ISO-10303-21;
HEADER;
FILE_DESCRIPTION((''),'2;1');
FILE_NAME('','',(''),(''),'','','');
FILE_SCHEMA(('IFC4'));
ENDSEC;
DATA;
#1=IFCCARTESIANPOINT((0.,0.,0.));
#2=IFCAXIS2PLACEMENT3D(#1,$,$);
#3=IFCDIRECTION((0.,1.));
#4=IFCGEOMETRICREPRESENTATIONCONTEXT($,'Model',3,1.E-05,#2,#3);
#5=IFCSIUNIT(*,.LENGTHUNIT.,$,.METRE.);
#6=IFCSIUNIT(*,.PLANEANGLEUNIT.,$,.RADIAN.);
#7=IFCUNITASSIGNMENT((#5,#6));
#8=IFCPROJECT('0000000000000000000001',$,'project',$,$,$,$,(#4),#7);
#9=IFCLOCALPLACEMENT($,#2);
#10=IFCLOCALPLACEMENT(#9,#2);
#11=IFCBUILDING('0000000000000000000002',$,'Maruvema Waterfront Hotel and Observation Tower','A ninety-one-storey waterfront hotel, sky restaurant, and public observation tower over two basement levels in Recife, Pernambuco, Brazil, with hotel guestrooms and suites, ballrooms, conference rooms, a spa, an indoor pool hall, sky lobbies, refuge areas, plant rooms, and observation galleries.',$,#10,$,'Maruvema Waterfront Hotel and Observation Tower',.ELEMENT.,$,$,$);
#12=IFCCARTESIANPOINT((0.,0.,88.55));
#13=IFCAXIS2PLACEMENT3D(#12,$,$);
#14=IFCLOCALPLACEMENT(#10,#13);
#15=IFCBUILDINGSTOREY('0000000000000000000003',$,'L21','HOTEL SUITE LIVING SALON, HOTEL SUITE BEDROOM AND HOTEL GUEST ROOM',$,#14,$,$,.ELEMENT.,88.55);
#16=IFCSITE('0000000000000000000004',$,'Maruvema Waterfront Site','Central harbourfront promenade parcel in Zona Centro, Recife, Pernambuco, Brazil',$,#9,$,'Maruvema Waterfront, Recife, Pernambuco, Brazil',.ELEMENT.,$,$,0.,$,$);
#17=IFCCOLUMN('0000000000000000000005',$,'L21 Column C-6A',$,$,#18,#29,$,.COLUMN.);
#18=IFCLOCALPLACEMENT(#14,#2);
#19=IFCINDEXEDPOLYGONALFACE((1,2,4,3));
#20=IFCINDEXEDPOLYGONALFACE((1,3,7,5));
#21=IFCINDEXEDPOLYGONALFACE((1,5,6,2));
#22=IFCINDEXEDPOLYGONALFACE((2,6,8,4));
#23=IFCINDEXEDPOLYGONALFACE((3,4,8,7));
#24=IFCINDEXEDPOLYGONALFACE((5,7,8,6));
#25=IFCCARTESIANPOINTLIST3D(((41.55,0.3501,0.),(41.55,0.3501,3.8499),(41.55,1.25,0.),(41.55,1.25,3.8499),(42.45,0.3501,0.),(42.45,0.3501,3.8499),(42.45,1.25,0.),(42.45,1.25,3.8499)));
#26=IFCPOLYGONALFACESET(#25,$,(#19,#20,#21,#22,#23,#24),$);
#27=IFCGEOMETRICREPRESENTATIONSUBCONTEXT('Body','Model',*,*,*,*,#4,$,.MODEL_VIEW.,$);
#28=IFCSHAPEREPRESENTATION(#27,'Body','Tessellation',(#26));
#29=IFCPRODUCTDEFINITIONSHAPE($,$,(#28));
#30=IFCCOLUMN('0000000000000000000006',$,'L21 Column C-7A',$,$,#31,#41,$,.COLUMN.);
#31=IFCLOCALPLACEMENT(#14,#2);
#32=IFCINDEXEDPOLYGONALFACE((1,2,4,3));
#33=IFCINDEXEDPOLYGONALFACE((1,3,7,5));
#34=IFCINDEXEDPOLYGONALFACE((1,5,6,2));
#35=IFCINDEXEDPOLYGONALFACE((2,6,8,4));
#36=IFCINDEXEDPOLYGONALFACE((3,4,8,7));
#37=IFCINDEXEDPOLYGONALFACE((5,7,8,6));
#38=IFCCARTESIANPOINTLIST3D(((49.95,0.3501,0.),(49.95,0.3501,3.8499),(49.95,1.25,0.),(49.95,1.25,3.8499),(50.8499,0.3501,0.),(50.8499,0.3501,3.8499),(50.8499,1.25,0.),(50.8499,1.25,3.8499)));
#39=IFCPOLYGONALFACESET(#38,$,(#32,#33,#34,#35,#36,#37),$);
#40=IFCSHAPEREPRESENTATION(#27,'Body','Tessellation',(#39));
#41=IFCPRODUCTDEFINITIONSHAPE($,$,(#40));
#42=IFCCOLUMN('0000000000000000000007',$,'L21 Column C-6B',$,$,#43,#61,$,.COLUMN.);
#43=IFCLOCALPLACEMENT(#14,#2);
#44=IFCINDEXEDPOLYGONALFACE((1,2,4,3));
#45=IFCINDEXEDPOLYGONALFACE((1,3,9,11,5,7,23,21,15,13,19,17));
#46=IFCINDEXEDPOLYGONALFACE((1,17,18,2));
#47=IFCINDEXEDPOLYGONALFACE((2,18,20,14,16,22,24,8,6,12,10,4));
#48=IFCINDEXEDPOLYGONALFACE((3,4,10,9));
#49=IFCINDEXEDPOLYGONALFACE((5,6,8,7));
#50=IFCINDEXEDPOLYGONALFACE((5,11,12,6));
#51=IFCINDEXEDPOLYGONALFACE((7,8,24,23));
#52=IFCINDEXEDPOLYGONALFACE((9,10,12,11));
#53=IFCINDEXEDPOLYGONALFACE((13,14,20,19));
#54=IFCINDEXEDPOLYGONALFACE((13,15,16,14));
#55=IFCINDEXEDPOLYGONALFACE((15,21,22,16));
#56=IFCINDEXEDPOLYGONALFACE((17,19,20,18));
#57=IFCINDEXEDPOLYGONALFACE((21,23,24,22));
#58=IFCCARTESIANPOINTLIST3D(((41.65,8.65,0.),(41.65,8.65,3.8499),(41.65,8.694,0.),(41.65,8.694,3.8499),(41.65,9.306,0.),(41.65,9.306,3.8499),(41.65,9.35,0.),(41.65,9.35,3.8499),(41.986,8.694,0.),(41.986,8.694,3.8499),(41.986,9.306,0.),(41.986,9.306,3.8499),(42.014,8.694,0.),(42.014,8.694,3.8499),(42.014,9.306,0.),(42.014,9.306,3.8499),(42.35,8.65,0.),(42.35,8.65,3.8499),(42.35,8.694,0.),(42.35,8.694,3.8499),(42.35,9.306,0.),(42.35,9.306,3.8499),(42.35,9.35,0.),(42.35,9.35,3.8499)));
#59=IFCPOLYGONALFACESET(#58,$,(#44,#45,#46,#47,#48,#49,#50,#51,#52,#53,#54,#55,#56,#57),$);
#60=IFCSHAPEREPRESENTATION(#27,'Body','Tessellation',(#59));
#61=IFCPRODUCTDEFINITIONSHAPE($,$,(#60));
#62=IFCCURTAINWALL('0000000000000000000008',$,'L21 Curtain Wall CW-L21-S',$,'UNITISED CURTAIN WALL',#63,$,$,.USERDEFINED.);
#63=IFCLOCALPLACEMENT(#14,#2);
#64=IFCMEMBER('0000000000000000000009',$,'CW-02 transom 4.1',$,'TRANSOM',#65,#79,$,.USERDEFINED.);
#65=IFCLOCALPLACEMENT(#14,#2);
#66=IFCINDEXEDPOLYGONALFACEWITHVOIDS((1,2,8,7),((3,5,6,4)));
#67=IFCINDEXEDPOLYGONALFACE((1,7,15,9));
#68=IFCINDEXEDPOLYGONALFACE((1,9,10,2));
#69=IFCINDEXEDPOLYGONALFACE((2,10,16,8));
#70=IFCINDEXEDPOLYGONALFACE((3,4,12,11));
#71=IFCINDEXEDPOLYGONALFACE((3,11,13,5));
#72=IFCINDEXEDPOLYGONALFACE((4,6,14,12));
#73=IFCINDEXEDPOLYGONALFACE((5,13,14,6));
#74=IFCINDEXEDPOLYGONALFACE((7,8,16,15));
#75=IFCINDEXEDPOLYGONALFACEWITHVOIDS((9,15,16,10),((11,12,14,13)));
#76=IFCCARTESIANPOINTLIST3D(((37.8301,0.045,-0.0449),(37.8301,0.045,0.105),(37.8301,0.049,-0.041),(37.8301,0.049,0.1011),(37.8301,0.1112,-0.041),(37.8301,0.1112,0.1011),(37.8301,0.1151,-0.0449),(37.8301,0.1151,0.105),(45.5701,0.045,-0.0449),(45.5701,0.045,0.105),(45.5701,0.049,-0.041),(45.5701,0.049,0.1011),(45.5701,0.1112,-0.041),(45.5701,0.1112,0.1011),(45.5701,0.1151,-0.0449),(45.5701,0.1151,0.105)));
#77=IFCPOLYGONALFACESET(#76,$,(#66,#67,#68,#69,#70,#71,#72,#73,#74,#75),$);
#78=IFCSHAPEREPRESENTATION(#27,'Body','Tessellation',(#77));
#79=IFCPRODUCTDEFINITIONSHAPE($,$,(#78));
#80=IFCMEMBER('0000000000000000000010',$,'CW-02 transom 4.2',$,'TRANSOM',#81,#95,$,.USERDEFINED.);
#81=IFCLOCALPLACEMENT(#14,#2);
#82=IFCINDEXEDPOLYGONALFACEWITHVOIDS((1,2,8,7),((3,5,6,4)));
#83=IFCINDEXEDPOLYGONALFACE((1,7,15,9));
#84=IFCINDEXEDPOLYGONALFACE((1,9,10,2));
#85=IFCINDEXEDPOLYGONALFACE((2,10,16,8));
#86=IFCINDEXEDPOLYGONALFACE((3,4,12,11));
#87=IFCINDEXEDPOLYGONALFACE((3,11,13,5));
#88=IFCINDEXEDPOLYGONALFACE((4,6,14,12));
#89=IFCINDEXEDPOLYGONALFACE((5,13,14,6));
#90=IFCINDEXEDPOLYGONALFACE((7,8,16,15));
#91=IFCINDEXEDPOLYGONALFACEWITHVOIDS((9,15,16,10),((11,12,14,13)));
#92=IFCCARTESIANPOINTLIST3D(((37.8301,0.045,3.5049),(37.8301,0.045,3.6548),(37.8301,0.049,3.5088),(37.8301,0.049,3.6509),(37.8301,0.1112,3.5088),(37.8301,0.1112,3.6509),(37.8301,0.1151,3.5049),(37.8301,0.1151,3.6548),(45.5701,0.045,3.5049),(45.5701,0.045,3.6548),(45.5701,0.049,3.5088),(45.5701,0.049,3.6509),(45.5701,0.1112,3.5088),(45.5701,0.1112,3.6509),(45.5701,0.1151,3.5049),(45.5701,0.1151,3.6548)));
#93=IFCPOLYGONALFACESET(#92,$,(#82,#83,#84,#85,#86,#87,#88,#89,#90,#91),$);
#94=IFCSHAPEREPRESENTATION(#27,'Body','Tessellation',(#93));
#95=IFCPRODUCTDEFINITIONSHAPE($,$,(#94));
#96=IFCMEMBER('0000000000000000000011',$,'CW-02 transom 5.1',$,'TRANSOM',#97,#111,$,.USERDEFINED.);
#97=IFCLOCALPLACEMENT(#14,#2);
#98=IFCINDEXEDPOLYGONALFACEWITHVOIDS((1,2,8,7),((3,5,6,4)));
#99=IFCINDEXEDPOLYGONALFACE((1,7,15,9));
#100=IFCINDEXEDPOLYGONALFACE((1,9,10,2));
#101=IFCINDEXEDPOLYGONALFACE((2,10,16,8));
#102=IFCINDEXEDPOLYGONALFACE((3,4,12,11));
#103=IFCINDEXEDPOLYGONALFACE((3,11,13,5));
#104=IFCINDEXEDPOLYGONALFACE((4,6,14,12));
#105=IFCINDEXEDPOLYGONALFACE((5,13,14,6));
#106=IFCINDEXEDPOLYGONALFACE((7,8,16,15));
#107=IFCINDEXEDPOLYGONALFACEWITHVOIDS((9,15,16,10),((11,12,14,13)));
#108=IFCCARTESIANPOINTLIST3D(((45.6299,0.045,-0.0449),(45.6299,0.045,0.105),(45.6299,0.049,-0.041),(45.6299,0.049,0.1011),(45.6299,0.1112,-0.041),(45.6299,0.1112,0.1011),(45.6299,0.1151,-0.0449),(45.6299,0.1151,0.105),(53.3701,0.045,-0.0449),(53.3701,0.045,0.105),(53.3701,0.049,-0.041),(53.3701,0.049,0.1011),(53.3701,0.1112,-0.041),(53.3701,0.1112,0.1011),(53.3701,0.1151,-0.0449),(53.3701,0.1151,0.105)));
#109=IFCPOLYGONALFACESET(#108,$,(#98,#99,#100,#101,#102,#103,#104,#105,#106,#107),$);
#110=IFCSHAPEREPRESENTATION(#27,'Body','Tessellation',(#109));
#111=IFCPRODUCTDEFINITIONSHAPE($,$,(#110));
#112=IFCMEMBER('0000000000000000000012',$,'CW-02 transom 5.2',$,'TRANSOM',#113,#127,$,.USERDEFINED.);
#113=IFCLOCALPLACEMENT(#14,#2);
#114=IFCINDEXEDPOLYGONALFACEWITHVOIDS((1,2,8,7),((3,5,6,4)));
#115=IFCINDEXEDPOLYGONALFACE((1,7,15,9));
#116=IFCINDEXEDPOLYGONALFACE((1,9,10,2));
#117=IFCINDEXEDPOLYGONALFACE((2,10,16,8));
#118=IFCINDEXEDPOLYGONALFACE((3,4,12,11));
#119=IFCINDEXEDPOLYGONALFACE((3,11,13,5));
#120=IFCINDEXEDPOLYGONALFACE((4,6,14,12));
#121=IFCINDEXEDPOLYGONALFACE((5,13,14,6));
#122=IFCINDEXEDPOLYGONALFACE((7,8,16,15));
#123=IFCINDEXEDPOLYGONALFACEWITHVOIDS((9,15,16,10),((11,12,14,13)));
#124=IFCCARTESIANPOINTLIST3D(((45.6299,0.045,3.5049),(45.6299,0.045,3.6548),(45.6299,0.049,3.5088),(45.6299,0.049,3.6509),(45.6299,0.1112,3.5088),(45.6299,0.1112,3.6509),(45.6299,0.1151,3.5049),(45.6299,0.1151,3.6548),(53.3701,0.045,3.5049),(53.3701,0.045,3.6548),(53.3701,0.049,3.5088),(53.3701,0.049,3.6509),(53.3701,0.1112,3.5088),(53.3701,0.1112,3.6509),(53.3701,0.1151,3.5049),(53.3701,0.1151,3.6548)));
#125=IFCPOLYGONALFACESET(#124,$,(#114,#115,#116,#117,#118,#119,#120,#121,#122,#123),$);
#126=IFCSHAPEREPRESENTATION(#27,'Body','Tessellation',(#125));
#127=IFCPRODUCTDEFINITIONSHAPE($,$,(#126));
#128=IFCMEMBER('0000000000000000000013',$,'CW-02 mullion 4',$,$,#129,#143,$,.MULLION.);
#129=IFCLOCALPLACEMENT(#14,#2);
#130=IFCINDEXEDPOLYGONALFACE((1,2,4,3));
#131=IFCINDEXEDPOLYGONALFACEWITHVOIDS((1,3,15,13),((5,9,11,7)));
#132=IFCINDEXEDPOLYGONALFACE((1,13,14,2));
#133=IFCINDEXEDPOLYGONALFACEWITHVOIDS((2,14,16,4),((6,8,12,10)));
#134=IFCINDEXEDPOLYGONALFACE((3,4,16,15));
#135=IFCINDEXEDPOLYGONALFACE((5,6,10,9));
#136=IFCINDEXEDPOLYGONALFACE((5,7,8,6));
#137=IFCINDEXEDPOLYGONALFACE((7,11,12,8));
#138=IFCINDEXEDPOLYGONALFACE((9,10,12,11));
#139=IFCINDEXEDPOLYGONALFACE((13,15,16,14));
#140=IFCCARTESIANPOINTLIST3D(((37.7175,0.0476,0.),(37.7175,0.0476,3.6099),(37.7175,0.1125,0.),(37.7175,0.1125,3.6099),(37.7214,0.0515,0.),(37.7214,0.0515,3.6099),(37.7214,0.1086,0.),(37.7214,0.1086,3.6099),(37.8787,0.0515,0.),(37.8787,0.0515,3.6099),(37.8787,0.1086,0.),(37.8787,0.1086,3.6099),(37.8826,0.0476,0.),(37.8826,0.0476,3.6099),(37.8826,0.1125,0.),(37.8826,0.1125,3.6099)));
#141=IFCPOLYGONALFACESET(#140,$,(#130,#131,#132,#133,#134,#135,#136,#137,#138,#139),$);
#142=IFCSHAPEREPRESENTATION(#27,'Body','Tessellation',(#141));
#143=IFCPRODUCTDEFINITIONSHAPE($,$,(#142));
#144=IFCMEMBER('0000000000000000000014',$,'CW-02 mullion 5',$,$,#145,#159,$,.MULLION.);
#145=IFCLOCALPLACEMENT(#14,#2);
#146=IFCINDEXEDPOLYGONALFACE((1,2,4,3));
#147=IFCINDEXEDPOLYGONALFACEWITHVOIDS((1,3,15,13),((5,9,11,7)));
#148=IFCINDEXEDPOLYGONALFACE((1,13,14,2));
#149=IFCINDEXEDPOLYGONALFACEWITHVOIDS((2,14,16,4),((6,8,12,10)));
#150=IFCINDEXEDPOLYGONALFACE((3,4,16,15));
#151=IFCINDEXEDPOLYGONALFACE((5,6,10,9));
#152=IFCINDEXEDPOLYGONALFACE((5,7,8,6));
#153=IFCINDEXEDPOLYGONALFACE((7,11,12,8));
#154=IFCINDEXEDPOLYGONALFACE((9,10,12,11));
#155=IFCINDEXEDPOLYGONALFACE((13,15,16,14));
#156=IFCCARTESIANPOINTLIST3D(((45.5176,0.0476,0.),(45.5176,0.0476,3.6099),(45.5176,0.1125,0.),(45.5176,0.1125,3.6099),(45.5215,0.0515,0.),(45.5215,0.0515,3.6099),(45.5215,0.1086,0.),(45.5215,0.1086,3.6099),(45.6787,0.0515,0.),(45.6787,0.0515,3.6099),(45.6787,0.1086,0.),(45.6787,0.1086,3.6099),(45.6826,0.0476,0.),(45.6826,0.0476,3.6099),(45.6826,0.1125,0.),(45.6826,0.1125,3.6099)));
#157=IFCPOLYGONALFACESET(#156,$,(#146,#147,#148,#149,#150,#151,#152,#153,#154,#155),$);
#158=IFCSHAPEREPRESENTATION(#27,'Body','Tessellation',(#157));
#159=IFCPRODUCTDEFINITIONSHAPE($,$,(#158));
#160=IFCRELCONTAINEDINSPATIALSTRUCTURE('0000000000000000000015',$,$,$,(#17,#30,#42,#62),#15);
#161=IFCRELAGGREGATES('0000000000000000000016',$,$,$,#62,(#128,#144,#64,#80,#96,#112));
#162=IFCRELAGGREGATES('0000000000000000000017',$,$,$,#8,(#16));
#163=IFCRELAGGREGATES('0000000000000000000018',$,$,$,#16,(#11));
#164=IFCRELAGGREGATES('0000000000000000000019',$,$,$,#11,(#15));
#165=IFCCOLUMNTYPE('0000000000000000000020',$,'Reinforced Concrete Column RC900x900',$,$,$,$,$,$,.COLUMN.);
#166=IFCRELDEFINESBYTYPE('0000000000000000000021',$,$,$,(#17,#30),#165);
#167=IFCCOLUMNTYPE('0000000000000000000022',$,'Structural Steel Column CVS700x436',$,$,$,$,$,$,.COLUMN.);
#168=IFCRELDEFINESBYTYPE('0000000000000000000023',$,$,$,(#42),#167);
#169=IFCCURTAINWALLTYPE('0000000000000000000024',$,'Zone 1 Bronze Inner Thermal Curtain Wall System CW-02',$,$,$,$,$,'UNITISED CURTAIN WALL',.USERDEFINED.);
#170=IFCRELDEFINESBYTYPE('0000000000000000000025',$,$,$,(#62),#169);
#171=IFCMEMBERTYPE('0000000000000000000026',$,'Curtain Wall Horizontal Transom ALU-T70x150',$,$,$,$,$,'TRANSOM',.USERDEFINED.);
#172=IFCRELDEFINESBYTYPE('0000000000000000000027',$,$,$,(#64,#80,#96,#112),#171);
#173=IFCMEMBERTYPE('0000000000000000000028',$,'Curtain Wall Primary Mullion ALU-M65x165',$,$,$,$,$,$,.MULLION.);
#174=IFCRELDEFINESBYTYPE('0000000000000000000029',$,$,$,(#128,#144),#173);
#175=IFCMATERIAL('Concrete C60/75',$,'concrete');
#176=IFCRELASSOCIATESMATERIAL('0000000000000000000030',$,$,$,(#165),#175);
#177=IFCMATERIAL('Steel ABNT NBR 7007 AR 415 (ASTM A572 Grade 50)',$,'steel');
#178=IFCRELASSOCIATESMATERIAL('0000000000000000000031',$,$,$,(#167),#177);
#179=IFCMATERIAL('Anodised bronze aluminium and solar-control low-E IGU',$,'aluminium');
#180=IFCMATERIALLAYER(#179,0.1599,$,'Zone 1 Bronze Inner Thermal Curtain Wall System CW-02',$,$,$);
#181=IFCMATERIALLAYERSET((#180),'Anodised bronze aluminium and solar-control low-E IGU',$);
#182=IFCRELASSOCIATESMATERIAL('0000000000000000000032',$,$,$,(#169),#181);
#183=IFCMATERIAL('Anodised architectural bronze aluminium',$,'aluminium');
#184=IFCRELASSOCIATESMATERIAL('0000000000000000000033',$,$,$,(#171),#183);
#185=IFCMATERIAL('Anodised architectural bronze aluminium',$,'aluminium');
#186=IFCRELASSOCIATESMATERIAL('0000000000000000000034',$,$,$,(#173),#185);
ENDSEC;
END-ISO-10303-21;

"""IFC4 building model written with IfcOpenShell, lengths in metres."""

from ifc_helpers import new_model, si_unit, direction, frame, origin, origin_2d, place, context, subcontext, project, spatial, rectangle, hollow_rectangle, i_section, extrude, material, layer, layer_set, material_profile, profile_set, type_object, element, aggregate, save


model = new_model("IFC4")

# Units and contexts
model_context = context("Model", 3, precision=1e-05, world=origin(), true_north=direction((0.0, 1.0)))
body_context = subcontext(model_context, "Body", "Model", "MODEL_VIEW")
ifc_project = project(units=[si_unit("LENGTHUNIT", "METRE"), si_unit("PLANEANGLEUNIT", "RADIAN")], contexts=[model_context])

# Site, building, storey
site_placement = place(None, origin())
site = spatial("IfcSite", under=ifc_project, at=site_placement, Name="Maruvema Waterfront Site", Description="Central harbourfront promenade parcel in Zona Centro, Recife, Pernambuco, Brazil", LongName="Maruvema Waterfront, Recife, Pernambuco, Brazil", CompositionType="ELEMENT", RefElevation=0.0)
building_placement = place(site_placement, origin())
building = spatial("IfcBuilding", under=site, at=building_placement, Name="Maruvema Waterfront Hotel and Observation Tower", Description="A ninety-one-storey waterfront hotel, sky restaurant, and public observation tower over two basement levels in Recife, Pernambuco, Brazil, with hotel guestrooms and suites, ballrooms, conference rooms, a spa, an indoor pool hall, sky lobbies, refuge areas, plant rooms, and observation galleries.", LongName="Maruvema Waterfront Hotel and Observation Tower", CompositionType="ELEMENT")
storey_placement = place(building_placement, frame((0.0, 0.0, 88.55)))
storey = spatial("IfcBuildingStorey", under=building, at=storey_placement, Name="L21", Description="HOTEL SUITE LIVING SALON, HOTEL SUITE BEDROOM AND HOTEL GUEST ROOM", CompositionType="ELEMENT", Elevation=88.55)

# Columns
ifc_material_1 = material(Name="Concrete C60/75", Category="concrete")
ifc_material_profile_1 = material_profile(ifc_material_1, rectangle(XDim=0.8999, YDim=0.8999, at=origin_2d()), Name="RC900x900")
ifc_profile_set_1 = profile_set([ifc_material_profile_1], Name="Concrete C60/75")
column_type_1 = type_object("IfcColumnType", Name="Reinforced Concrete Column RC900x900", PredefinedType="COLUMN", material=ifc_profile_set_1)
for number, where, z_axis, x_axis, name in (
    (1, (42.0, 0.8, 0.0), (0.0, 0.0, 1.0), (1.0, 0.0, 0.0), "L21 Column C-6A"),
    (2, (50.3999, 0.8, 0.0), (0.0, 0.0, 1.0), (1.0, 0.0, 0.0), "L21 Column C-7A"),
):
    element("IfcColumn", number, at=place(storey_placement, frame(where, z_axis=z_axis, x_axis=x_axis)), inside=storey, type_object=column_type_1, Name=name, PredefinedType="COLUMN", context=body_context, shape_type="SweptSolid", body=[
        extrude(rectangle(XDim=0.8999, YDim=0.8999, at=origin_2d()), origin(), (0.0, 0.0, 1.0), 3.8499),
    ])
ifc_material_2 = material(Name="Steel ABNT NBR 7007 AR 415 (ASTM A572 Grade 50)", Category="steel")
ifc_material_profile_2 = material_profile(ifc_material_2, i_section(OverallWidth=0.7, OverallDepth=0.7, WebThickness=0.0281, FlangeThickness=0.0439, at=origin_2d()), Name="CVS700x436")
ifc_profile_set_2 = profile_set([ifc_material_profile_2], Name="Steel ABNT NBR 7007 AR 415 (ASTM A572 Grade 50)")
column_type_2 = type_object("IfcColumnType", Name="Structural Steel Column CVS700x436", PredefinedType="COLUMN", material=ifc_profile_set_2)
column_placement = place(storey_placement, frame((42.0, 9.0, 0.0), z_axis=(0.0, 0.0, 1.0), x_axis=(1.0, 0.0, 0.0)))
element("IfcColumn", 3, at=column_placement, inside=storey, type_object=column_type_2, Name="L21 Column C-6B", PredefinedType="COLUMN", context=body_context, shape_type="SweptSolid", body=[
    extrude(i_section(OverallWidth=0.7, OverallDepth=0.7, WebThickness=0.0281, FlangeThickness=0.0439, at=origin_2d()), origin(), (0.0, 0.0, 1.0), 3.8499),
])

# Curtain wall, members
ifc_material_3 = material(Name="Anodised bronze aluminium and solar-control low-E IGU", Category="aluminium")
ifc_layer_1 = layer(ifc_material_3, 0.1599, Name="Zone 1 Bronze Inner Thermal Curtain Wall System CW-02")
ifc_layer_set_1 = layer_set([ifc_layer_1], Name="Anodised bronze aluminium and solar-control low-E IGU")
curtain_wall_type = type_object("IfcCurtainWallType", Name="Zone 1 Bronze Inner Thermal Curtain Wall System CW-02", ElementType="UNITISED CURTAIN WALL", PredefinedType="USERDEFINED", material=ifc_layer_set_1)
curtain_wall_placement = place(storey_placement, origin())
curtain_wall = element("IfcCurtainWall", 4, at=curtain_wall_placement, inside=storey, type_object=curtain_wall_type, Name="L21 Curtain Wall CW-L21-S", ObjectType="UNITISED CURTAIN WALL", PredefinedType="USERDEFINED")
ifc_material_4 = material(Name="Anodised architectural bronze aluminium", Category="aluminium")
ifc_material_profile_3 = material_profile(ifc_material_4, hollow_rectangle(XDim=0.0701, YDim=0.1499, WallThickness=0.0039, at=origin_2d()), Name="ALU-T70x150")
ifc_profile_set_3 = profile_set([ifc_material_profile_3], Name="Anodised architectural bronze aluminium")
member_type_1 = type_object("IfcMemberType", Name="Curtain Wall Horizontal Transom ALU-T70x150", ElementType="TRANSOM", PredefinedType="USERDEFINED", material=ifc_profile_set_3)
member_1_placement = place(storey_placement, frame((37.8301, 0.0801, 0.03), z_axis=(1.0, 0.0, 0.0), x_axis=(0.0, 1.0, 0.0)))
member_1 = element("IfcMember", 5, at=member_1_placement, type_object=member_type_1, Name="CW-02 transom 4.1", ObjectType="TRANSOM", PredefinedType="USERDEFINED", context=body_context, shape_type="SweptSolid", body=[
    extrude(hollow_rectangle(XDim=0.0701, YDim=0.1499, WallThickness=0.0039, at=origin_2d()), origin(), (0.0, 0.0, 1.0), 7.74),
])
member_2_placement = place(storey_placement, frame((37.8301, 0.0801, 3.5798), z_axis=(1.0, 0.0, 0.0), x_axis=(0.0, 1.0, 0.0)))
member_2 = element("IfcMember", 6, at=member_2_placement, type_object=member_type_1, Name="CW-02 transom 4.2", ObjectType="TRANSOM", PredefinedType="USERDEFINED", context=body_context, shape_type="SweptSolid", body=[
    extrude(hollow_rectangle(XDim=0.0701, YDim=0.1499, WallThickness=0.0039, at=origin_2d()), origin(), (0.0, 0.0, 1.0), 7.74),
])
member_3_placement = place(storey_placement, frame((45.6299, 0.0801, 0.03), z_axis=(1.0, 0.0, 0.0), x_axis=(0.0, 1.0, 0.0)))
member_3 = element("IfcMember", 7, at=member_3_placement, type_object=member_type_1, Name="CW-02 transom 5.1", ObjectType="TRANSOM", PredefinedType="USERDEFINED", context=body_context, shape_type="SweptSolid", body=[
    extrude(hollow_rectangle(XDim=0.0701, YDim=0.1499, WallThickness=0.0039, at=origin_2d()), origin(), (0.0, 0.0, 1.0), 7.7402),
])
member_4_placement = place(storey_placement, frame((45.6299, 0.0801, 3.5798), z_axis=(1.0, 0.0, 0.0), x_axis=(0.0, 1.0, 0.0)))
member_4 = element("IfcMember", 8, at=member_4_placement, type_object=member_type_1, Name="CW-02 transom 5.2", ObjectType="TRANSOM", PredefinedType="USERDEFINED", context=body_context, shape_type="SweptSolid", body=[
    extrude(hollow_rectangle(XDim=0.0701, YDim=0.1499, WallThickness=0.0039, at=origin_2d()), origin(), (0.0, 0.0, 1.0), 7.7402),
])
ifc_material_5 = material(Name="Anodised architectural bronze aluminium", Category="aluminium")
ifc_material_profile_4 = material_profile(ifc_material_5, hollow_rectangle(XDim=0.0649, YDim=0.165, WallThickness=0.0039, at=origin_2d()), Name="ALU-M65x165")
ifc_profile_set_4 = profile_set([ifc_material_profile_4], Name="Anodised architectural bronze aluminium")
member_type_2 = type_object("IfcMemberType", Name="Curtain Wall Primary Mullion ALU-M65x165", PredefinedType="MULLION", material=ifc_profile_set_4)
member_5_placement = place(storey_placement, frame((37.8, 0.0801, 0.0), z_axis=(0.0, 0.0, 1.0), x_axis=(0.0, 1.0, 0.0)))
member_5 = element("IfcMember", 9, at=member_5_placement, type_object=member_type_2, Name="CW-02 mullion 4", PredefinedType="MULLION", context=body_context, shape_type="SweptSolid", body=[
    extrude(hollow_rectangle(XDim=0.0649, YDim=0.165, WallThickness=0.0039, at=origin_2d()), origin(), (0.0, 0.0, 1.0), 3.6099),
])
member_6_placement = place(storey_placement, frame((45.6001, 0.0801, 0.0), z_axis=(0.0, 0.0, 1.0), x_axis=(0.0, 1.0, 0.0)))
member_6 = element("IfcMember", 10, at=member_6_placement, type_object=member_type_2, Name="CW-02 mullion 5", PredefinedType="MULLION", context=body_context, shape_type="SweptSolid", body=[
    extrude(hollow_rectangle(XDim=0.0649, YDim=0.165, WallThickness=0.0039, at=origin_2d()), origin(), (0.0, 0.0, 1.0), 3.6099),
])

aggregate(curtain_wall, [member_5, member_6, member_1, member_2, member_3, member_4])

save(model, "model.ifc")
